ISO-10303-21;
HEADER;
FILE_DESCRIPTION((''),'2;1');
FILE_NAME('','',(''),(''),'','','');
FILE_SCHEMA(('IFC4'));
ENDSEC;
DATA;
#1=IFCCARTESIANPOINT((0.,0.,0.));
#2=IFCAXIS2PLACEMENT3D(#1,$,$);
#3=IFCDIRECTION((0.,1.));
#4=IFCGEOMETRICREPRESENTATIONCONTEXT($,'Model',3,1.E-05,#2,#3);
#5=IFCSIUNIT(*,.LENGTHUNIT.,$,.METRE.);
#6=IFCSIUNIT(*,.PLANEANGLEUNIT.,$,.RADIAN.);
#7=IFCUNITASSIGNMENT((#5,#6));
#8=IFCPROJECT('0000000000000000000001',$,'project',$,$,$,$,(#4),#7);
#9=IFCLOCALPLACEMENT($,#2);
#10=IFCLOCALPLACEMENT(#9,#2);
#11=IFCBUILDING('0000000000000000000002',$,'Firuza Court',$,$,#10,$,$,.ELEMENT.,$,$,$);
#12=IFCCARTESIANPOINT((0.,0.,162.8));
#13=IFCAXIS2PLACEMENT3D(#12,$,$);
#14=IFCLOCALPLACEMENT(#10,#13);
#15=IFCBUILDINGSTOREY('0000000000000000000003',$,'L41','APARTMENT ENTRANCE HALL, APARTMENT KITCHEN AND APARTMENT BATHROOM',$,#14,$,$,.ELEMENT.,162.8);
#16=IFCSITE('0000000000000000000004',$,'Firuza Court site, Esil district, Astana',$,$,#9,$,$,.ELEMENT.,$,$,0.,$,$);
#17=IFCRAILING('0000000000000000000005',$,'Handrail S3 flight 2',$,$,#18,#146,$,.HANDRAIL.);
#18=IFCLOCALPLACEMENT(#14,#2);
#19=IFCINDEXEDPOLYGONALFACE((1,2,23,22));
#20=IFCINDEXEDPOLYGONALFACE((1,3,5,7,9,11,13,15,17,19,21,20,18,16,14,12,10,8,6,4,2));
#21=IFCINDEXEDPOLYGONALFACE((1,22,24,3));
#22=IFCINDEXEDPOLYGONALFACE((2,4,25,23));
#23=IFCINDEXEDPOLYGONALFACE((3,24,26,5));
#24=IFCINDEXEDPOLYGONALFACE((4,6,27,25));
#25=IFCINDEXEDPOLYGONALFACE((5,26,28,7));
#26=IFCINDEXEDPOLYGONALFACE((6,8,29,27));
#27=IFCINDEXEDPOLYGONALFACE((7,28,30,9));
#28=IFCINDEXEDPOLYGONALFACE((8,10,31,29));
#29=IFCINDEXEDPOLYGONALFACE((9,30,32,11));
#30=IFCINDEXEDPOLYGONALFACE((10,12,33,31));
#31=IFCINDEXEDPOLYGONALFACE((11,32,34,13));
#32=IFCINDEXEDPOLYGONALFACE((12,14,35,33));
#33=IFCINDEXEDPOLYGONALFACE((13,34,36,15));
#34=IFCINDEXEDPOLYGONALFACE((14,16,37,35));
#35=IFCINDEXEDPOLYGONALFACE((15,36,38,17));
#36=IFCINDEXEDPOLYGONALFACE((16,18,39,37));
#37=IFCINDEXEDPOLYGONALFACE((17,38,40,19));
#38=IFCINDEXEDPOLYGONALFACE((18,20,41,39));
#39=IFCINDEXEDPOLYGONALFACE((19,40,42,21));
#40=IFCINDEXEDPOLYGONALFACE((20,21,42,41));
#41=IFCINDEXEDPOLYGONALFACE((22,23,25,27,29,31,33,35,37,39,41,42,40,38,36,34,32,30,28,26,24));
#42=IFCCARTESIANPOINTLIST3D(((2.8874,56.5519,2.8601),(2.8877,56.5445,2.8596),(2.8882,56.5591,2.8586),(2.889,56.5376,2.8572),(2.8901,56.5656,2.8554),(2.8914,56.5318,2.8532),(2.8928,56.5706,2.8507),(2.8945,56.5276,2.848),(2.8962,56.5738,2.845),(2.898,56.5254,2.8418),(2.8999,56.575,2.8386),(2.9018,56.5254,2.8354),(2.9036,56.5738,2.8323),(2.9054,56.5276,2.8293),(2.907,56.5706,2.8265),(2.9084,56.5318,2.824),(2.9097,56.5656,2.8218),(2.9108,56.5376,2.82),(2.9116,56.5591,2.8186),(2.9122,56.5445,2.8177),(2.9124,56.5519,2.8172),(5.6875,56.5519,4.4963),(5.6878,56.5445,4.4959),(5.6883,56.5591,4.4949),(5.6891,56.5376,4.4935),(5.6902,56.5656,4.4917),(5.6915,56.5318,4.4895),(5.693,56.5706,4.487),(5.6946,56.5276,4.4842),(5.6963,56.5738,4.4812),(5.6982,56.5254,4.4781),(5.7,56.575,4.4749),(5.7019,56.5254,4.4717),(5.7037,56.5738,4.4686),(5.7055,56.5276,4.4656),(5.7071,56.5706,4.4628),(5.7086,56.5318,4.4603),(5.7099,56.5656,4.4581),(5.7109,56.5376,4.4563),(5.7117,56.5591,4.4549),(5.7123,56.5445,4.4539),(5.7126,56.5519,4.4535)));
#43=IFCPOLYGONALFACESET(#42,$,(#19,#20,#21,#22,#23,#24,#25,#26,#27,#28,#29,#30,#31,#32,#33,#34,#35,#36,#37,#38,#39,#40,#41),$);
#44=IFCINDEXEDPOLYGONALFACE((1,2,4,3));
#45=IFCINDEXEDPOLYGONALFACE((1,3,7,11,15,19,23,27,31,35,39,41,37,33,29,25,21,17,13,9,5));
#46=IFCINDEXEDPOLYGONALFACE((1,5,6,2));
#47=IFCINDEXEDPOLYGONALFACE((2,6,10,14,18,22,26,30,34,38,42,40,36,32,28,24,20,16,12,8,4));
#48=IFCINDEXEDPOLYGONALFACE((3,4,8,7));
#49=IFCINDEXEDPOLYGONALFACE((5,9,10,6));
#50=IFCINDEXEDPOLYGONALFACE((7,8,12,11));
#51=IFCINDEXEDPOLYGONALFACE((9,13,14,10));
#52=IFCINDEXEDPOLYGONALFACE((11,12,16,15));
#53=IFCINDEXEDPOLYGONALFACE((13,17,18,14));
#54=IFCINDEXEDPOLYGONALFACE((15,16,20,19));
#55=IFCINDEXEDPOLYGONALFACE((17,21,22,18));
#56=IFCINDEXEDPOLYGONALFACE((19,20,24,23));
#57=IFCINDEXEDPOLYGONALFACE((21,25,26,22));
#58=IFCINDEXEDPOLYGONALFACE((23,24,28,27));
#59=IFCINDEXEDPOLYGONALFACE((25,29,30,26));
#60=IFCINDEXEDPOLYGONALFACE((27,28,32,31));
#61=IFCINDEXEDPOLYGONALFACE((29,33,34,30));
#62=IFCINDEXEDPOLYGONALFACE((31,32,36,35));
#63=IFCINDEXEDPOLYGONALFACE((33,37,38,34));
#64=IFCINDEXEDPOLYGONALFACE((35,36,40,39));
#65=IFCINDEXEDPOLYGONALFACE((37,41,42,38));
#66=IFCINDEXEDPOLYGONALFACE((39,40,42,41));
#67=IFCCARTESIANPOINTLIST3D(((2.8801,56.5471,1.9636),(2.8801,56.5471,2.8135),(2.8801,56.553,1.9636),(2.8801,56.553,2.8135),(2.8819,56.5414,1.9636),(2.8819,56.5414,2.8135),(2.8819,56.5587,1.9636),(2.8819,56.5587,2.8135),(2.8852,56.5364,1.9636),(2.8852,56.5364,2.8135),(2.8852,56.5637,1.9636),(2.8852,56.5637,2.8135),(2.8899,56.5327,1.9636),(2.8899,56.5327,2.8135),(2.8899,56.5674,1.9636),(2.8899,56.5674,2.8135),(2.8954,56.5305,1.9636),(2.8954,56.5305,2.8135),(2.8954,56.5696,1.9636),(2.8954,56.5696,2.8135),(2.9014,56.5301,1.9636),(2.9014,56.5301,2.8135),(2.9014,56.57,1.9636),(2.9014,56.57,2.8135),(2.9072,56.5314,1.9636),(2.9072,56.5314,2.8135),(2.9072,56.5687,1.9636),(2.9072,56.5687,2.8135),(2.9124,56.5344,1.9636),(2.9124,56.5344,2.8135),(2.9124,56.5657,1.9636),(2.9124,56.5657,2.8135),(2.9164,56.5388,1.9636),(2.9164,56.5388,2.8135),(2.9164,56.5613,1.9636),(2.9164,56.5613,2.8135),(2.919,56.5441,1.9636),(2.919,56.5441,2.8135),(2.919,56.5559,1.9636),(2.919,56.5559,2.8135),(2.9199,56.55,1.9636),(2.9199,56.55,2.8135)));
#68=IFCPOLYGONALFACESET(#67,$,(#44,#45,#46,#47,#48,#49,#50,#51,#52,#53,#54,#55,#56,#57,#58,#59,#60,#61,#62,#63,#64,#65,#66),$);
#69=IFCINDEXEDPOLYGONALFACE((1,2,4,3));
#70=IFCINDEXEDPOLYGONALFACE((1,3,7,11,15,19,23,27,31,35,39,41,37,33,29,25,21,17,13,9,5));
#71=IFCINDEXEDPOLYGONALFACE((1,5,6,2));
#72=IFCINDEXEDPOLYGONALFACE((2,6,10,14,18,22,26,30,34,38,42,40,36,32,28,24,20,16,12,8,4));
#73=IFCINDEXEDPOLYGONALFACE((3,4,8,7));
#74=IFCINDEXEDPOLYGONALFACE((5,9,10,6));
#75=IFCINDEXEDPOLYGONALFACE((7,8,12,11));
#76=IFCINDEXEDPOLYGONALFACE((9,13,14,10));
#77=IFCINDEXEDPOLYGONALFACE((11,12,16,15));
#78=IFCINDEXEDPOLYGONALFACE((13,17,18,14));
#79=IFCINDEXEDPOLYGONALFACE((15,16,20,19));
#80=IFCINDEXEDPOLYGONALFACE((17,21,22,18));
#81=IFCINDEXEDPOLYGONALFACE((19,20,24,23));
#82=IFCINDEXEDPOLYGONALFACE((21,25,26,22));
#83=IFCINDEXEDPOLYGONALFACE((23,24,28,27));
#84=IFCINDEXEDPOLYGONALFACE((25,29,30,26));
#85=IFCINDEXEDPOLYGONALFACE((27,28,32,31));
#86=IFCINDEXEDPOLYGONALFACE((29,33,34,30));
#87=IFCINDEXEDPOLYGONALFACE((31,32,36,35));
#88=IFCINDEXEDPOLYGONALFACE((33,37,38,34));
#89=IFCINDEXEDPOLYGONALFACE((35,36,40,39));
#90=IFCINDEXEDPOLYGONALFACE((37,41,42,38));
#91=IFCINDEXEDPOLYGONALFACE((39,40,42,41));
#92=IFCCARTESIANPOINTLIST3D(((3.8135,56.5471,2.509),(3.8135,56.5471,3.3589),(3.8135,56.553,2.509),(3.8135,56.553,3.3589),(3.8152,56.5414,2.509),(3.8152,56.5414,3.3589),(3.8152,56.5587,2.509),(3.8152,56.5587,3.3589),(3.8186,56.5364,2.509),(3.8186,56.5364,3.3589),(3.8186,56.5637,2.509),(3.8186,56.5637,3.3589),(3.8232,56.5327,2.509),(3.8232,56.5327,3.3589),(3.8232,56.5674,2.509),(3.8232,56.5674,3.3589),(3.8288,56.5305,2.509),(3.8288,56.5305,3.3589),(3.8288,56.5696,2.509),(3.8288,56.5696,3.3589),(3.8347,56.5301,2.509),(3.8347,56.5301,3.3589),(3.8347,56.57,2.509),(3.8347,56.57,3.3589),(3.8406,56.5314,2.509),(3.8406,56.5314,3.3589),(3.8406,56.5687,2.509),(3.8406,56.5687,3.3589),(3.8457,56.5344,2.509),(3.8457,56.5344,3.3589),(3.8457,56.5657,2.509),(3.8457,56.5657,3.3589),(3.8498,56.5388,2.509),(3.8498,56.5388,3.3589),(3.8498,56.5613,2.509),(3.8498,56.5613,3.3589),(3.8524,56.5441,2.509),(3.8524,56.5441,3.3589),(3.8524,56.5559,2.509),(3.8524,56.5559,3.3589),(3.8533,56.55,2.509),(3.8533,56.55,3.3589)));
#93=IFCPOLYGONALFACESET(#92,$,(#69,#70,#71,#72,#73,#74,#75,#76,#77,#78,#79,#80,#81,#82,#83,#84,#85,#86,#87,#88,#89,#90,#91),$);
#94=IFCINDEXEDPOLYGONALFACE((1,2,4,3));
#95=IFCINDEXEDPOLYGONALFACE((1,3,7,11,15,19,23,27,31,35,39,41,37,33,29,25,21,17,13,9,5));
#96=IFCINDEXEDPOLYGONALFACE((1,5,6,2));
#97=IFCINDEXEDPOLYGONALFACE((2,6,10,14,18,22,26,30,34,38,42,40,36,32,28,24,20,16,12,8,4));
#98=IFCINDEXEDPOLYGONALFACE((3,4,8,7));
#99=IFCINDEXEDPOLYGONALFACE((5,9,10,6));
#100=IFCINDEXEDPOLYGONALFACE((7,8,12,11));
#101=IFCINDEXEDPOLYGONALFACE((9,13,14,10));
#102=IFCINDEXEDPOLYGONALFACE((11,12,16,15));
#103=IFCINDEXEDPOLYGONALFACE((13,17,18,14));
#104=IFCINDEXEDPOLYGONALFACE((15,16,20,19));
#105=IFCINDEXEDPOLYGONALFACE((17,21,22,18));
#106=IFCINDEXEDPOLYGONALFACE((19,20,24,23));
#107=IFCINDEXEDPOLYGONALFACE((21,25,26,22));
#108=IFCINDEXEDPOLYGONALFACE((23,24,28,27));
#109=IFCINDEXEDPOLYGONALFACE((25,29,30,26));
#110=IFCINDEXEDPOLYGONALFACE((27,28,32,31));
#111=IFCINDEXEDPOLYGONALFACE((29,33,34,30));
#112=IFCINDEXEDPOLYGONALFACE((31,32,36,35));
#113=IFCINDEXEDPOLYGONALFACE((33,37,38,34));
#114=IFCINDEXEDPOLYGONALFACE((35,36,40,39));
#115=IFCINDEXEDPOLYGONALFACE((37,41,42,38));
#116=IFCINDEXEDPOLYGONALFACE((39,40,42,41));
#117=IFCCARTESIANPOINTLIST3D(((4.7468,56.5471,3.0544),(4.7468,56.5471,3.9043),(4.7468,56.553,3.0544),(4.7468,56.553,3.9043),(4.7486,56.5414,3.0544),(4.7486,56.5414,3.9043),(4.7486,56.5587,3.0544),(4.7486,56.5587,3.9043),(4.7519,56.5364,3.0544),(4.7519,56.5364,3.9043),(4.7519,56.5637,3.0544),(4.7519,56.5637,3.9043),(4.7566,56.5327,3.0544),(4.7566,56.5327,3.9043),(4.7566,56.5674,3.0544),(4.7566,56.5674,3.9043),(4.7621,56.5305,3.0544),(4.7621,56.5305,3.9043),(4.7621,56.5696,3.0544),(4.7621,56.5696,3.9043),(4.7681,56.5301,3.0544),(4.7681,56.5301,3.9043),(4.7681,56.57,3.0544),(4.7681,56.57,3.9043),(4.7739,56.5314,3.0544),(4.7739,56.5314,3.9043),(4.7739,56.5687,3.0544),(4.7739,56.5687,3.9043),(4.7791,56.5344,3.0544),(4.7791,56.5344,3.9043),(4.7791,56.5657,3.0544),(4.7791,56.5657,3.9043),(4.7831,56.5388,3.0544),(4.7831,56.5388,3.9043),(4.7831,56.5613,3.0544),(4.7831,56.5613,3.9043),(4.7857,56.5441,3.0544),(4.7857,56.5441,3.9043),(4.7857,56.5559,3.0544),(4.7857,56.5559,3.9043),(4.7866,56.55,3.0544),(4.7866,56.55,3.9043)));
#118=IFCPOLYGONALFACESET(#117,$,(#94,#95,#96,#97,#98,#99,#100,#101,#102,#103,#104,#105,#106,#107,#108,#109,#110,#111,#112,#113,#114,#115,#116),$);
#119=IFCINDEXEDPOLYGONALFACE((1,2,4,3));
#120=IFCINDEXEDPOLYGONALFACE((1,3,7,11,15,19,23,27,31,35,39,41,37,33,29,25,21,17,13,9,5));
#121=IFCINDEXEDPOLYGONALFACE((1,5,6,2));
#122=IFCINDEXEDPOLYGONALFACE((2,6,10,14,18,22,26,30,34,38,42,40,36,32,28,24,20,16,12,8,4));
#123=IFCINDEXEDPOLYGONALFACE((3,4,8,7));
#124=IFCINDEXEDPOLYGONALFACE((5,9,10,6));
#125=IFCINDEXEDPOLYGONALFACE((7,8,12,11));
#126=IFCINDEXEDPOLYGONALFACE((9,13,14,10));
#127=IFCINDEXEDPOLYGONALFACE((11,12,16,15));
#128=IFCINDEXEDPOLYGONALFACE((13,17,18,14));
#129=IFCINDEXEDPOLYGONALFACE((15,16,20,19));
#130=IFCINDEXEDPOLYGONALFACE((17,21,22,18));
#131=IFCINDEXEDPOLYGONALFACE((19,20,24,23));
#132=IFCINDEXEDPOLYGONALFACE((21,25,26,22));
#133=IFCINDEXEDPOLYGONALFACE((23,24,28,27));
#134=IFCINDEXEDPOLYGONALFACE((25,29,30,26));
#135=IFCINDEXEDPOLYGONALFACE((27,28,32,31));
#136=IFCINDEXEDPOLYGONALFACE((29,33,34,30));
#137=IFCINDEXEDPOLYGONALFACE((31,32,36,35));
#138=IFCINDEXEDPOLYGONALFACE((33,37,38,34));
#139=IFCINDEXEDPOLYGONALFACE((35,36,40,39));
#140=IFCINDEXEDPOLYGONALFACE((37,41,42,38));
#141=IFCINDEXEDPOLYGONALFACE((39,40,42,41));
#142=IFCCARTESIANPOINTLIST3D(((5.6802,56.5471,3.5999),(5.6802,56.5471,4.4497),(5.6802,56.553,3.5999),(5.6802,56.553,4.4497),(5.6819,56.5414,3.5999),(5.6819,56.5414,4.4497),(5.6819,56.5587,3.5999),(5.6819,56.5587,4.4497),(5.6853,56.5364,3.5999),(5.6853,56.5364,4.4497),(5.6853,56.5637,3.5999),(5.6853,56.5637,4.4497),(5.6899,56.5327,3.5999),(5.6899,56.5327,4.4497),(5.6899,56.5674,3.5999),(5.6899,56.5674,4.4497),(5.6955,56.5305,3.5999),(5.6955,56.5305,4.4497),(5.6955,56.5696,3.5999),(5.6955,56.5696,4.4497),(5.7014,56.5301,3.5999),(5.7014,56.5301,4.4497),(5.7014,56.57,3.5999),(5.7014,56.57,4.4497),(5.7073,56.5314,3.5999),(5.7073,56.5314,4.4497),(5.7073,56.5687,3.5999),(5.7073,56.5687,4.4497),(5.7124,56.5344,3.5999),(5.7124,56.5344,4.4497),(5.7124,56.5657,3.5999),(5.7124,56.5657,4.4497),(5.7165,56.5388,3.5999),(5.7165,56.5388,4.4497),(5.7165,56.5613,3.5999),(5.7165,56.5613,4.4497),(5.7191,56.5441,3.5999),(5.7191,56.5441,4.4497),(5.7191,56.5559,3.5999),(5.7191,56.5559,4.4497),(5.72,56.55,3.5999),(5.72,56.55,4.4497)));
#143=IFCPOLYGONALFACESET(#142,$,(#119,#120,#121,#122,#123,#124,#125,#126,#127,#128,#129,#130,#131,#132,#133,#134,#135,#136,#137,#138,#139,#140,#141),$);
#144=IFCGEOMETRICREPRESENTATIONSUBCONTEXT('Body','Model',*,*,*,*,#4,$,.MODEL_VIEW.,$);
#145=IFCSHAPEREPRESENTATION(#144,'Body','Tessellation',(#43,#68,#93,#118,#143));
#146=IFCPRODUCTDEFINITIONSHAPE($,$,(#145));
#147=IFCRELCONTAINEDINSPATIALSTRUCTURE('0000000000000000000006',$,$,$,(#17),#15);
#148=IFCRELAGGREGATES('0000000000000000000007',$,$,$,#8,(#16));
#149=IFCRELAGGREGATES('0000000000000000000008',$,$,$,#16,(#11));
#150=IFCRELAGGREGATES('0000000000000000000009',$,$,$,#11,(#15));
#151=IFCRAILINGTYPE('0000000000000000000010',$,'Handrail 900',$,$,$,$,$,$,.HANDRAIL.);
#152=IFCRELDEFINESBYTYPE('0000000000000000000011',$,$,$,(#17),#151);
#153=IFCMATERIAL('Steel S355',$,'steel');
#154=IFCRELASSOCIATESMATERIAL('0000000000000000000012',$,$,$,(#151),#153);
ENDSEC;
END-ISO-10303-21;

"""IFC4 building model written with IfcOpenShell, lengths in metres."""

from ifc_helpers import new_model, si_unit, direction, frame, origin, origin_2d, place, context, subcontext, project, spatial, circle, extrude, material, type_object, element, save


model = new_model("IFC4")

# Units and contexts
model_context = context("Model", 3, precision=1e-05, world=origin(), true_north=direction((0.0, 1.0)))
body_context = subcontext(model_context, "Body", "Model", "MODEL_VIEW")
ifc_project = project(units=[si_unit("LENGTHUNIT", "METRE"), si_unit("PLANEANGLEUNIT", "RADIAN")], contexts=[model_context])

# Site, building, storey
site_placement = place(None, origin())
site = spatial("IfcSite", under=ifc_project, at=site_placement, Name="Firuza Court site, Esil district, Astana", CompositionType="ELEMENT", RefElevation=0.0)
building_placement = place(site_placement, origin())
building = spatial("IfcBuilding", under=site, at=building_placement, Name="Firuza Court", CompositionType="ELEMENT")
storey_placement = place(building_placement, frame((0.0, 0.0, 162.8)))
storey = spatial("IfcBuildingStorey", under=building, at=storey_placement, Name="L41", Description="APARTMENT ENTRANCE HALL, APARTMENT KITCHEN AND APARTMENT BATHROOM", CompositionType="ELEMENT", Elevation=162.8)

# Railing
ifc_material_1 = material(Name="Steel S355", Category="steel")
railing_type = type_object("IfcRailingType", Name="Handrail 900", PredefinedType="HANDRAIL", material=ifc_material_1)
railing_placement = place(storey_placement, frame((2.8999, 56.55, 1.9636)))
element("IfcRailing", 1, at=railing_placement, inside=storey, type_object=railing_type, Name="Handrail S3 flight 2", PredefinedType="HANDRAIL", context=body_context, shape_type="SweptSolid", body=[
    extrude(circle(Radius=0.0249, at=origin_2d()), frame((0.0, 0.0, 0.875), z_axis=(0.863394, 0.0, 0.504531), x_axis=(0.0, 1.0, 0.0)), (0.0, 0.0, 1.0), 3.2432),
    extrude(circle(Radius=0.02, at=origin_2d()), origin(), (0.0, 0.0, 1.0), 0.8499),
    extrude(circle(Radius=0.02, at=origin_2d()), frame((0.9333, 0.0, 0.5454)), (0.0, 0.0, 1.0), 0.8499),
    extrude(circle(Radius=0.02, at=origin_2d()), frame((1.8667, 0.0, 1.0908)), (0.0, 0.0, 1.0), 0.8499),
    extrude(circle(Radius=0.02, at=origin_2d()), frame((2.8, 0.0, 1.6362)), (0.0, 0.0, 1.0), 0.8499),
])

save(model, "model.ifc")
